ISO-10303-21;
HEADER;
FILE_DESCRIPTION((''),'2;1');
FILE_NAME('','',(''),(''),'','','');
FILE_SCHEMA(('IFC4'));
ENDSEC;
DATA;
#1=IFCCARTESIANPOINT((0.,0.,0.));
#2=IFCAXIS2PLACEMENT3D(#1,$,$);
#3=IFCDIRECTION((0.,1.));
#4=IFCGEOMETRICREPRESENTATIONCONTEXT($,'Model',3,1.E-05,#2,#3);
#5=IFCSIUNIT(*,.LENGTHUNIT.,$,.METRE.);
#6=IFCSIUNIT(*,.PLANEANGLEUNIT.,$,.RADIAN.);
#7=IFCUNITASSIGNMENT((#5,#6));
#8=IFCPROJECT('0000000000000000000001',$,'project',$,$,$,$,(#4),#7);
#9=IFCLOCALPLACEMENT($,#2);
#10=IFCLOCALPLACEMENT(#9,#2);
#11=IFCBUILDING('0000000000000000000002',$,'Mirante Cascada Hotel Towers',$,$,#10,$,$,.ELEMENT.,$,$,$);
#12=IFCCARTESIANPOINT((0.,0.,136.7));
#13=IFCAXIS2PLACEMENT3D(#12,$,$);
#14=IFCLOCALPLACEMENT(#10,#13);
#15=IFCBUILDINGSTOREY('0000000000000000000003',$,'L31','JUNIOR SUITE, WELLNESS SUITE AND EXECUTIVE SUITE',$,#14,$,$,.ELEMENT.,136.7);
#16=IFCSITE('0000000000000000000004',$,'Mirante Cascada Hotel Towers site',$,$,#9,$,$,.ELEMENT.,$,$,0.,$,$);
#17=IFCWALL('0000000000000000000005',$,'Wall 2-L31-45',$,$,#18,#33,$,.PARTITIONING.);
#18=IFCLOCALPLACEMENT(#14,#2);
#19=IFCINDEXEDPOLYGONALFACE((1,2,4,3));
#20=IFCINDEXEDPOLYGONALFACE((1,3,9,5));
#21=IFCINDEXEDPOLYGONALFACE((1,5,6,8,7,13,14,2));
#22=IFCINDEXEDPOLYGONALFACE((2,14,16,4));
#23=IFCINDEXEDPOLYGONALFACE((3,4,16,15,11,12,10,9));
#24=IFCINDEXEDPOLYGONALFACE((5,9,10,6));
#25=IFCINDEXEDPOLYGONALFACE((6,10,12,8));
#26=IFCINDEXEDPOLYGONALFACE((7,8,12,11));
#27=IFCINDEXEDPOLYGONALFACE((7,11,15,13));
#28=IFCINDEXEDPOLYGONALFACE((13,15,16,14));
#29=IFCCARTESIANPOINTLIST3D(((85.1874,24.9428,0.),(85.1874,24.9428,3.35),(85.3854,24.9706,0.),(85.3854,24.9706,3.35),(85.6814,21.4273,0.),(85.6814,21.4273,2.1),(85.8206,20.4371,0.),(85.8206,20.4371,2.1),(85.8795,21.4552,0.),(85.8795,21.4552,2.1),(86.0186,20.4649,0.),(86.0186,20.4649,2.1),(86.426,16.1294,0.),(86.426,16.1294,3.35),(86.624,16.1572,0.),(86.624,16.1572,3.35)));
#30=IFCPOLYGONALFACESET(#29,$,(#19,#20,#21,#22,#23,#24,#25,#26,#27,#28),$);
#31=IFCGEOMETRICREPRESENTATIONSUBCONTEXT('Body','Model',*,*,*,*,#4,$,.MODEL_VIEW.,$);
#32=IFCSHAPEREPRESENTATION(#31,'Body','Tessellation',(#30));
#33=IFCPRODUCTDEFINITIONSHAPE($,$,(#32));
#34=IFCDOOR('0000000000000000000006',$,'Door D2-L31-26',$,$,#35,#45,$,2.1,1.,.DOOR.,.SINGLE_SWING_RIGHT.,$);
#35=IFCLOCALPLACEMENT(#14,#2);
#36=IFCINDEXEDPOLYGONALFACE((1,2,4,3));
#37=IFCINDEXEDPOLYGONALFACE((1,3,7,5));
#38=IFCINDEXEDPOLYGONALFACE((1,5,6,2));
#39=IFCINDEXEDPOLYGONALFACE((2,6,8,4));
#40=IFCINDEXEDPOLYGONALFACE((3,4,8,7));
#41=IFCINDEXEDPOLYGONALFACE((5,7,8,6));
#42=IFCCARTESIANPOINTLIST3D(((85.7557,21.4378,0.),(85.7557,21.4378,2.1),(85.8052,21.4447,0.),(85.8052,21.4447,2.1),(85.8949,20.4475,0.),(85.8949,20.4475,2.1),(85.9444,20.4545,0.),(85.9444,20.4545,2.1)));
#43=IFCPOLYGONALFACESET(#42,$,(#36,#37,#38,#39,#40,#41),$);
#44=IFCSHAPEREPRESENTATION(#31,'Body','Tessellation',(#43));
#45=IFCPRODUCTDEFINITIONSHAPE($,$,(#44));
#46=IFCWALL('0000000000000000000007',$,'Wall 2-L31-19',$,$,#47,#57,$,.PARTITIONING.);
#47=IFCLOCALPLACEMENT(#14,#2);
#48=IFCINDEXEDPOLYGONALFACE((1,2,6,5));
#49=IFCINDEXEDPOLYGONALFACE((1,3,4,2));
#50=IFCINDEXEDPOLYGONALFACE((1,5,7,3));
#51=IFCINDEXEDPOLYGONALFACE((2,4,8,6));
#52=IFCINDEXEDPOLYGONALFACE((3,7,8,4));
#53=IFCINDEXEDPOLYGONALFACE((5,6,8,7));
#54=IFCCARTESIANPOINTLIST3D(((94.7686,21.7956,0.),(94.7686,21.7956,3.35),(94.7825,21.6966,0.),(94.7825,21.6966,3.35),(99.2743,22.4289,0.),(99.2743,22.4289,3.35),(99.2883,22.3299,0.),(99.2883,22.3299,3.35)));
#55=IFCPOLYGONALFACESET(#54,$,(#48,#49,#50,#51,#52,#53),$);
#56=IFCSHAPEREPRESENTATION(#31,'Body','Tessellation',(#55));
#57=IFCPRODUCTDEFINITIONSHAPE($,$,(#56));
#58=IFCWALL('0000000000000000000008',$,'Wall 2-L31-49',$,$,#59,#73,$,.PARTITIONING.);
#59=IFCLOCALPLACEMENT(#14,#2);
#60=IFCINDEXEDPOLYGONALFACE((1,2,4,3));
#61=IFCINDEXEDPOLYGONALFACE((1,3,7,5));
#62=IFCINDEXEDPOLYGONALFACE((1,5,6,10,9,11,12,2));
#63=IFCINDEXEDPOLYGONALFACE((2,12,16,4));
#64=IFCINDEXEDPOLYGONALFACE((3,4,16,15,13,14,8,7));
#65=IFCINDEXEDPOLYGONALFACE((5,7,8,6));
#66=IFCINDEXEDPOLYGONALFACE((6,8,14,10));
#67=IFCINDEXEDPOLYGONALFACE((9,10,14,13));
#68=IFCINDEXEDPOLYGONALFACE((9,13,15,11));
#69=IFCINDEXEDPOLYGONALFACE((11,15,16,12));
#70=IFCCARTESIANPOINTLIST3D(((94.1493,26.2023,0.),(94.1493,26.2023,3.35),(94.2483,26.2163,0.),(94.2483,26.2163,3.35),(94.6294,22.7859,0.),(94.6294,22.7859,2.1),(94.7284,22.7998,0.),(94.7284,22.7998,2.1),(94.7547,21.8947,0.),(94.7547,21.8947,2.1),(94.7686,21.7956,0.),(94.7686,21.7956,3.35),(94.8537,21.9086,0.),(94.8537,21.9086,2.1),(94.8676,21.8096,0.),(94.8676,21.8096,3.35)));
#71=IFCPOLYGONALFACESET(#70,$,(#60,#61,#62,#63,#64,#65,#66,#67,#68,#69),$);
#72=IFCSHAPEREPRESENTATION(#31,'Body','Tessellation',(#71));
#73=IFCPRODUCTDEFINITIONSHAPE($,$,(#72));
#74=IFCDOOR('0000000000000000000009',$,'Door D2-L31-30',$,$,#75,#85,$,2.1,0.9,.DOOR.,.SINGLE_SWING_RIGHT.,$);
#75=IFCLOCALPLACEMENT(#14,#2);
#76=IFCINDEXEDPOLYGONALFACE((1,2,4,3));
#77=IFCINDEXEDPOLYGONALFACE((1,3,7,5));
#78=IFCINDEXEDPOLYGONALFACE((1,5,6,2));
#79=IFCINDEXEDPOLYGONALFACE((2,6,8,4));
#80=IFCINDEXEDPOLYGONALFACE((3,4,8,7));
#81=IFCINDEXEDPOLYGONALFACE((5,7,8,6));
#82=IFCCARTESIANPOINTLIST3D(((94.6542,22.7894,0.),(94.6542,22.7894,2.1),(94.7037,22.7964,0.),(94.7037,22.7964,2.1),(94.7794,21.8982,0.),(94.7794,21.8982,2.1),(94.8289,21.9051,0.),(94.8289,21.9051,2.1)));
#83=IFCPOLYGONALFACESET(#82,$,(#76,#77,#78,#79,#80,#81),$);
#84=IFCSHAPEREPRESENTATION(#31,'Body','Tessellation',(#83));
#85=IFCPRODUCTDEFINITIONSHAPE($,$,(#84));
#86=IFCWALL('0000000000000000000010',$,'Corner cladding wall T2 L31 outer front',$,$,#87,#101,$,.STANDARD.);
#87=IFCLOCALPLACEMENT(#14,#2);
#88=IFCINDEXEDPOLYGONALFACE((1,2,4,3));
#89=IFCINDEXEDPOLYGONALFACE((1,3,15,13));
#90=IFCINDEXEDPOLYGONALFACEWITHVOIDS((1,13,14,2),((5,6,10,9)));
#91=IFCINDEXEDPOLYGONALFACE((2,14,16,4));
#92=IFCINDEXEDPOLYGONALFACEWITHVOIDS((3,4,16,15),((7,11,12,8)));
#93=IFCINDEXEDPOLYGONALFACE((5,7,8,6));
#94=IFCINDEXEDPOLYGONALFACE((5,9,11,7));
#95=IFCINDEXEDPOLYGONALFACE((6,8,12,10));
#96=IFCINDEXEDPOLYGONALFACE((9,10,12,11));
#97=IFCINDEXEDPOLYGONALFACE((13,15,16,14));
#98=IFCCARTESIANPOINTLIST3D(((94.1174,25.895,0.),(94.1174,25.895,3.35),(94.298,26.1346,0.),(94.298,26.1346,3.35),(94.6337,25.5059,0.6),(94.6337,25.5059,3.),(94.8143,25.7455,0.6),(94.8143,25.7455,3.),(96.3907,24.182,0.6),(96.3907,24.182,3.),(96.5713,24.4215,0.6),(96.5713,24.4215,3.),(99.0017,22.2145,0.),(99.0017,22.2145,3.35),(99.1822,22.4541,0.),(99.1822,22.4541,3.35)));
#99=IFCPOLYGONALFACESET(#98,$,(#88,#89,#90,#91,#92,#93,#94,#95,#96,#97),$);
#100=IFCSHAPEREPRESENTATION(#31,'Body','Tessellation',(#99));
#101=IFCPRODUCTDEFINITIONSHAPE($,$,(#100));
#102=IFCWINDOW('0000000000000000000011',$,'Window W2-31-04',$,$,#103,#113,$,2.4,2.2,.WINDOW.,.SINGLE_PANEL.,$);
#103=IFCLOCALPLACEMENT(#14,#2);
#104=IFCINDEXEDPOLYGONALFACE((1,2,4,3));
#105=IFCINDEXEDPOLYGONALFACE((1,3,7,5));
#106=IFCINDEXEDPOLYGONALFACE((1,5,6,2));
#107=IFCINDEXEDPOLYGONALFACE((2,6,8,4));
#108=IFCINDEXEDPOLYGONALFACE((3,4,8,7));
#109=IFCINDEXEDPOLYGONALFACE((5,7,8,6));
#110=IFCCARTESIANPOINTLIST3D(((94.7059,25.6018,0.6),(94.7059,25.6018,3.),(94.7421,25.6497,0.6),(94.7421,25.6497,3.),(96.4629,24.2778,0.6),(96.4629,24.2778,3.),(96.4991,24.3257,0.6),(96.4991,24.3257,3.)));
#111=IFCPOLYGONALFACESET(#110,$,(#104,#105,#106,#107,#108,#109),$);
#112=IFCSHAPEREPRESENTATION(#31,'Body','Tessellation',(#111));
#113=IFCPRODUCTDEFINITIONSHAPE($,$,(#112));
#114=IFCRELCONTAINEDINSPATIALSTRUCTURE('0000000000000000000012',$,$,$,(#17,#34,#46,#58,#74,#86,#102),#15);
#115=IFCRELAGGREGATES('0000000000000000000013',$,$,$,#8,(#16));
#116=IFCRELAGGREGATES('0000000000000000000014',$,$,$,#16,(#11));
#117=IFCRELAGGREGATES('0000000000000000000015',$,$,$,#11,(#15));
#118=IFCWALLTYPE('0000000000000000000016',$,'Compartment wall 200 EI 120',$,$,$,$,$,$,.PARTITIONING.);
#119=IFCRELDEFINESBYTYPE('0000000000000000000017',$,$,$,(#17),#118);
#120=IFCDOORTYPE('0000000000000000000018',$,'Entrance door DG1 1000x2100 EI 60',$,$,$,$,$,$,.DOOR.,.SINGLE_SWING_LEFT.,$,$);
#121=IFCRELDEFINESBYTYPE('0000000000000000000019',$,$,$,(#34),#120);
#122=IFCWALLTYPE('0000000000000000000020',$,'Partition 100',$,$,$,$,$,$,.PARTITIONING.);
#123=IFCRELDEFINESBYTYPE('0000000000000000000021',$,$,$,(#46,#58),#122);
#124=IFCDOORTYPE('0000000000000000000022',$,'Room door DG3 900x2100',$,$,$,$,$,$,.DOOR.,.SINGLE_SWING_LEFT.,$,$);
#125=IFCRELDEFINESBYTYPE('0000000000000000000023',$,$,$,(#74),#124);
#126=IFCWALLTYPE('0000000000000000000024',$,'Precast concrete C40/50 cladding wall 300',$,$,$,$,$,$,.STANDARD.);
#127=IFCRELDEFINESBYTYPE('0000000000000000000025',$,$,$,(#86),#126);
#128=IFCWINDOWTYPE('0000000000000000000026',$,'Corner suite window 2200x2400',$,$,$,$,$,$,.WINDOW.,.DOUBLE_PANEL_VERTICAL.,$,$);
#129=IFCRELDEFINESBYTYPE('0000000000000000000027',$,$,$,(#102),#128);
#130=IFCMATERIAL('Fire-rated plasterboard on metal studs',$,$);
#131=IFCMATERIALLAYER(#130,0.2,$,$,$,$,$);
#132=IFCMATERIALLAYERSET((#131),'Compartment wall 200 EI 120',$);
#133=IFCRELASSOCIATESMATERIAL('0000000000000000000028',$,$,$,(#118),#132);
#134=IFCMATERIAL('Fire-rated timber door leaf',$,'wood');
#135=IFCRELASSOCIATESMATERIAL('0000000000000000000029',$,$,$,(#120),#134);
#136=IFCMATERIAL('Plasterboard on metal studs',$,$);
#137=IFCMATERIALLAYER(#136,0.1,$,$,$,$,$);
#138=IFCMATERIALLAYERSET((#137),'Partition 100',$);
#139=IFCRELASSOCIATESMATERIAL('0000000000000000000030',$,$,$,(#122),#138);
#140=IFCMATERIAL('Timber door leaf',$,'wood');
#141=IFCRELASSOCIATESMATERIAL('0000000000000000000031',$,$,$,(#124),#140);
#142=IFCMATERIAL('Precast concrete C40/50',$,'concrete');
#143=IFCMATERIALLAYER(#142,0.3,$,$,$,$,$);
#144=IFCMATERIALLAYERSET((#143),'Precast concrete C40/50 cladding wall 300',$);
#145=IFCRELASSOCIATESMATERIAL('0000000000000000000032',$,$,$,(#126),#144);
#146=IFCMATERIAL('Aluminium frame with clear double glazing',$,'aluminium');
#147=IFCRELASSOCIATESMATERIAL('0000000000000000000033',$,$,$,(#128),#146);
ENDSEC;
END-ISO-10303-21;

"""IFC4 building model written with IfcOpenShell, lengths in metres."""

from ifc_helpers import new_model, si_unit, direction, frame, frame_2d, origin, place, context, subcontext, project, spatial, rectangle, extrude, material, layer, layer_set, type_object, element, fill, save


model = new_model("IFC4")

# Units and contexts
model_context = context("Model", 3, precision=1e-05, world=origin(), true_north=direction((0.0, 1.0)))
body_context = subcontext(model_context, "Body", "Model", "MODEL_VIEW")
ifc_project = project(units=[si_unit("LENGTHUNIT", "METRE"), si_unit("PLANEANGLEUNIT", "RADIAN")], contexts=[model_context])

# Site, building, storey
site_placement = place(None, origin())
site = spatial("IfcSite", under=ifc_project, at=site_placement, Name="Mirante Cascada Hotel Towers site", CompositionType="ELEMENT", RefElevation=0.0)
building_placement = place(site_placement, origin())
building = spatial("IfcBuilding", under=site, at=building_placement, Name="Mirante Cascada Hotel Towers", CompositionType="ELEMENT")
storey_placement = place(building_placement, frame((0.0, 0.0, 136.7)))
storey = spatial("IfcBuildingStorey", under=building, at=storey_placement, Name="L31", Description="JUNIOR SUITE, WELLNESS SUITE AND EXECUTIVE SUITE", CompositionType="ELEMENT", Elevation=136.7)

# Shared definitions
ifc_material_1 = material(Name="Fire-rated plasterboard on metal studs")
ifc_layer_1 = layer(ifc_material_1, 0.2)
ifc_layer_set_1 = layer_set([ifc_layer_1], Name="Compartment wall 200 EI 120")
wall_type_1 = type_object("IfcWallType", Name="Compartment wall 200 EI 120", PredefinedType="PARTITIONING", material=ifc_layer_set_1)

# Wall, opening, door
wall_1_placement = place(storey_placement, frame((85.2864, 24.9567, 0.0), z_axis=(0.0, 0.0, 1.0), x_axis=(0.139168, -0.990269, 0.0)))
wall_1 = element("IfcWall", 1, at=wall_1_placement, inside=storey, type_object=wall_type_1, Name="Wall 2-L31-45", PredefinedType="PARTITIONING", context=body_context, shape_type="SweptSolid", body=[
    extrude(rectangle(XDim=8.9, YDim=0.2, at=frame_2d((4.45, 0.0))), origin(), (0.0, 0.0, 1.0), 3.35),
])
opening_1_placement = place(wall_1_placement, frame((3.55, 0.0, 0.0)))
opening_1 = element("IfcOpeningElement", 2, at=opening_1_placement, cuts=wall_1, PredefinedType="OPENING", context=body_context, shape_type="SweptSolid", body=[
    extrude(rectangle(XDim=1.0, YDim=2.1, at=frame_2d((0.5, 1.05))), frame((0.0, 0.1, 0.0), z_axis=(0.0, -1.0, 0.0), x_axis=(1.0, 0.0, 0.0)), (0.0, 0.0, 1.0), 0.2),
])
ifc_material_2 = material(Name="Fire-rated timber door leaf", Category="wood")
door_type_1 = type_object("IfcDoorType", Name="Entrance door DG1 1000x2100 EI 60", OperationType="SINGLE_SWING_LEFT", PredefinedType="DOOR", material=ifc_material_2)
door_1_placement = place(opening_1_placement, frame((1.0, 0.0, 0.0), z_axis=(0.0, 0.0, 1.0), x_axis=(-1.0, 0.0, 0.0)))
door_1 = element("IfcDoor", 3, at=door_1_placement, inside=storey, type_object=door_type_1, Name="Door D2-L31-26", OperationType="SINGLE_SWING_RIGHT", OverallHeight=2.1, OverallWidth=1.0, PredefinedType="DOOR", context=body_context, shape_type="SweptSolid", body=[
    extrude(rectangle(XDim=1.0, YDim=2.1, at=frame_2d((0.5, 1.05))), frame((0.0, 0.025, 0.0), z_axis=(0.0, -1.0, 0.0), x_axis=(1.0, 0.0, 0.0)), (0.0, 0.0, 1.0), 0.05),
])
fill(opening_1, door_1)

# Wall
ifc_material_3 = material(Name="Plasterboard on metal studs")
ifc_layer_2 = layer(ifc_material_3, 0.1)
ifc_layer_set_2 = layer_set([ifc_layer_2], Name="Partition 100")
wall_type_2 = type_object("IfcWallType", Name="Partition 100", PredefinedType="PARTITIONING", material=ifc_layer_set_2)
wall_2_placement = place(storey_placement, frame((99.2813, 22.3794, 0.0), z_axis=(0.0, 0.0, 1.0), x_axis=(-0.990266, -0.139187, 0.0)))
element("IfcWall", 4, at=wall_2_placement, inside=storey, type_object=wall_type_2, Name="Wall 2-L31-19", PredefinedType="PARTITIONING", context=body_context, shape_type="SweptSolid", body=[
    extrude(rectangle(XDim=4.55, YDim=0.1, at=frame_2d((2.275, 0.0))), origin(), (0.0, 0.0, 1.0), 3.35),
])

# Wall, opening, door
wall_3_placement = place(storey_placement, frame((94.1988, 26.2093, 0.0), z_axis=(0.0, 0.0, 1.0), x_axis=(0.139168, -0.990269, 0.0)))
wall_3 = element("IfcWall", 5, at=wall_3_placement, inside=storey, type_object=wall_type_2, Name="Wall 2-L31-49", PredefinedType="PARTITIONING", context=body_context, shape_type="SweptSolid", body=[
    extrude(rectangle(XDim=4.45, YDim=0.1, at=frame_2d((2.225, 0.0))), origin(), (0.0, 0.0, 1.0), 3.35),
])
opening_2_placement = place(wall_3_placement, frame((3.45, 0.0, 0.0)))
opening_2 = element("IfcOpeningElement", 6, at=opening_2_placement, cuts=wall_3, PredefinedType="OPENING", context=body_context, shape_type="SweptSolid", body=[
    extrude(rectangle(XDim=0.9, YDim=2.1, at=frame_2d((0.45, 1.05))), frame((0.0, 0.05, 0.0), z_axis=(0.0, -1.0, 0.0), x_axis=(1.0, 0.0, 0.0)), (0.0, 0.0, 1.0), 0.1),
])
ifc_material_4 = material(Name="Timber door leaf", Category="wood")
door_type_2 = type_object("IfcDoorType", Name="Room door DG3 900x2100", OperationType="SINGLE_SWING_LEFT", PredefinedType="DOOR", material=ifc_material_4)
door_2_placement = place(opening_2_placement, frame((0.9, 0.0, 0.0), z_axis=(0.0, 0.0, 1.0), x_axis=(-1.0, 0.0, 0.0)))
door_2 = element("IfcDoor", 7, at=door_2_placement, inside=storey, type_object=door_type_2, Name="Door D2-L31-30", OperationType="SINGLE_SWING_RIGHT", OverallHeight=2.1, OverallWidth=0.9, PredefinedType="DOOR", context=body_context, shape_type="SweptSolid", body=[
    extrude(rectangle(XDim=0.9, YDim=2.1, at=frame_2d((0.45, 1.05))), frame((0.0, 0.025, 0.0), z_axis=(0.0, -1.0, 0.0), x_axis=(1.0, 0.0, 0.0)), (0.0, 0.0, 1.0), 0.05),
])
fill(opening_2, door_2)

# Wall, opening, window
ifc_material_5 = material(Name="Precast concrete C40/50", Category="concrete")
ifc_layer_3 = layer(ifc_material_5, 0.3)
ifc_layer_set_3 = layer_set([ifc_layer_3], Name="Precast concrete C40/50 cladding wall 300")
wall_type_3 = type_object("IfcWallType", Name="Precast concrete C40/50 cladding wall 300", PredefinedType="STANDARD", material=ifc_layer_set_3)
wall_4_placement = place(storey_placement, frame((99.0919, 22.3343, 0.0), z_axis=(0.0, 0.0, 1.0), x_axis=(-0.798636, 0.601814, 0.0)))
wall_4 = element("IfcWall", 8, at=wall_4_placement, inside=storey, type_object=wall_type_3, Name="Corner cladding wall T2 L31 outer front", PredefinedType="STANDARD", context=body_context, shape_type="SweptSolid", body=[
    extrude(rectangle(XDim=6.1157, YDim=0.3, at=frame_2d((3.0578, 0.0))), origin(), (0.0, 0.0, 1.0), 3.35),
])
opening_3_placement = place(wall_4_placement, frame((3.2692, 0.0, 0.6)))
opening_3 = element("IfcOpeningElement", 9, at=opening_3_placement, cuts=wall_4, PredefinedType="OPENING", context=body_context, shape_type="SweptSolid", body=[
    extrude(rectangle(XDim=2.2, YDim=2.4, at=frame_2d((1.1, 1.2))), frame((0.0, 0.15, 0.0), z_axis=(0.0, -1.0, 0.0), x_axis=(1.0, 0.0, 0.0)), (0.0, 0.0, 1.0), 0.3),
])
ifc_material_6 = material(Name="Aluminium frame with clear double glazing", Category="aluminium")
window_type = type_object("IfcWindowType", Name="Corner suite window 2200x2400", PartitioningType="DOUBLE_PANEL_VERTICAL", PredefinedType="WINDOW", material=ifc_material_6)
window_placement = place(opening_3_placement, origin())
window = element("IfcWindow", 10, at=window_placement, inside=storey, type_object=window_type, Name="Window W2-31-04", OverallHeight=2.4, OverallWidth=2.2, PartitioningType="SINGLE_PANEL", PredefinedType="WINDOW", context=body_context, shape_type="SweptSolid", body=[
    extrude(rectangle(XDim=2.2, YDim=2.4, at=frame_2d((1.1, 1.2))), frame((0.0, 0.03, 0.0), z_axis=(0.0, -1.0, 0.0), x_axis=(1.0, 0.0, 0.0)), (0.0, 0.0, 1.0), 0.06),
])
fill(opening_3, window)

save(model, "model.ifc")
